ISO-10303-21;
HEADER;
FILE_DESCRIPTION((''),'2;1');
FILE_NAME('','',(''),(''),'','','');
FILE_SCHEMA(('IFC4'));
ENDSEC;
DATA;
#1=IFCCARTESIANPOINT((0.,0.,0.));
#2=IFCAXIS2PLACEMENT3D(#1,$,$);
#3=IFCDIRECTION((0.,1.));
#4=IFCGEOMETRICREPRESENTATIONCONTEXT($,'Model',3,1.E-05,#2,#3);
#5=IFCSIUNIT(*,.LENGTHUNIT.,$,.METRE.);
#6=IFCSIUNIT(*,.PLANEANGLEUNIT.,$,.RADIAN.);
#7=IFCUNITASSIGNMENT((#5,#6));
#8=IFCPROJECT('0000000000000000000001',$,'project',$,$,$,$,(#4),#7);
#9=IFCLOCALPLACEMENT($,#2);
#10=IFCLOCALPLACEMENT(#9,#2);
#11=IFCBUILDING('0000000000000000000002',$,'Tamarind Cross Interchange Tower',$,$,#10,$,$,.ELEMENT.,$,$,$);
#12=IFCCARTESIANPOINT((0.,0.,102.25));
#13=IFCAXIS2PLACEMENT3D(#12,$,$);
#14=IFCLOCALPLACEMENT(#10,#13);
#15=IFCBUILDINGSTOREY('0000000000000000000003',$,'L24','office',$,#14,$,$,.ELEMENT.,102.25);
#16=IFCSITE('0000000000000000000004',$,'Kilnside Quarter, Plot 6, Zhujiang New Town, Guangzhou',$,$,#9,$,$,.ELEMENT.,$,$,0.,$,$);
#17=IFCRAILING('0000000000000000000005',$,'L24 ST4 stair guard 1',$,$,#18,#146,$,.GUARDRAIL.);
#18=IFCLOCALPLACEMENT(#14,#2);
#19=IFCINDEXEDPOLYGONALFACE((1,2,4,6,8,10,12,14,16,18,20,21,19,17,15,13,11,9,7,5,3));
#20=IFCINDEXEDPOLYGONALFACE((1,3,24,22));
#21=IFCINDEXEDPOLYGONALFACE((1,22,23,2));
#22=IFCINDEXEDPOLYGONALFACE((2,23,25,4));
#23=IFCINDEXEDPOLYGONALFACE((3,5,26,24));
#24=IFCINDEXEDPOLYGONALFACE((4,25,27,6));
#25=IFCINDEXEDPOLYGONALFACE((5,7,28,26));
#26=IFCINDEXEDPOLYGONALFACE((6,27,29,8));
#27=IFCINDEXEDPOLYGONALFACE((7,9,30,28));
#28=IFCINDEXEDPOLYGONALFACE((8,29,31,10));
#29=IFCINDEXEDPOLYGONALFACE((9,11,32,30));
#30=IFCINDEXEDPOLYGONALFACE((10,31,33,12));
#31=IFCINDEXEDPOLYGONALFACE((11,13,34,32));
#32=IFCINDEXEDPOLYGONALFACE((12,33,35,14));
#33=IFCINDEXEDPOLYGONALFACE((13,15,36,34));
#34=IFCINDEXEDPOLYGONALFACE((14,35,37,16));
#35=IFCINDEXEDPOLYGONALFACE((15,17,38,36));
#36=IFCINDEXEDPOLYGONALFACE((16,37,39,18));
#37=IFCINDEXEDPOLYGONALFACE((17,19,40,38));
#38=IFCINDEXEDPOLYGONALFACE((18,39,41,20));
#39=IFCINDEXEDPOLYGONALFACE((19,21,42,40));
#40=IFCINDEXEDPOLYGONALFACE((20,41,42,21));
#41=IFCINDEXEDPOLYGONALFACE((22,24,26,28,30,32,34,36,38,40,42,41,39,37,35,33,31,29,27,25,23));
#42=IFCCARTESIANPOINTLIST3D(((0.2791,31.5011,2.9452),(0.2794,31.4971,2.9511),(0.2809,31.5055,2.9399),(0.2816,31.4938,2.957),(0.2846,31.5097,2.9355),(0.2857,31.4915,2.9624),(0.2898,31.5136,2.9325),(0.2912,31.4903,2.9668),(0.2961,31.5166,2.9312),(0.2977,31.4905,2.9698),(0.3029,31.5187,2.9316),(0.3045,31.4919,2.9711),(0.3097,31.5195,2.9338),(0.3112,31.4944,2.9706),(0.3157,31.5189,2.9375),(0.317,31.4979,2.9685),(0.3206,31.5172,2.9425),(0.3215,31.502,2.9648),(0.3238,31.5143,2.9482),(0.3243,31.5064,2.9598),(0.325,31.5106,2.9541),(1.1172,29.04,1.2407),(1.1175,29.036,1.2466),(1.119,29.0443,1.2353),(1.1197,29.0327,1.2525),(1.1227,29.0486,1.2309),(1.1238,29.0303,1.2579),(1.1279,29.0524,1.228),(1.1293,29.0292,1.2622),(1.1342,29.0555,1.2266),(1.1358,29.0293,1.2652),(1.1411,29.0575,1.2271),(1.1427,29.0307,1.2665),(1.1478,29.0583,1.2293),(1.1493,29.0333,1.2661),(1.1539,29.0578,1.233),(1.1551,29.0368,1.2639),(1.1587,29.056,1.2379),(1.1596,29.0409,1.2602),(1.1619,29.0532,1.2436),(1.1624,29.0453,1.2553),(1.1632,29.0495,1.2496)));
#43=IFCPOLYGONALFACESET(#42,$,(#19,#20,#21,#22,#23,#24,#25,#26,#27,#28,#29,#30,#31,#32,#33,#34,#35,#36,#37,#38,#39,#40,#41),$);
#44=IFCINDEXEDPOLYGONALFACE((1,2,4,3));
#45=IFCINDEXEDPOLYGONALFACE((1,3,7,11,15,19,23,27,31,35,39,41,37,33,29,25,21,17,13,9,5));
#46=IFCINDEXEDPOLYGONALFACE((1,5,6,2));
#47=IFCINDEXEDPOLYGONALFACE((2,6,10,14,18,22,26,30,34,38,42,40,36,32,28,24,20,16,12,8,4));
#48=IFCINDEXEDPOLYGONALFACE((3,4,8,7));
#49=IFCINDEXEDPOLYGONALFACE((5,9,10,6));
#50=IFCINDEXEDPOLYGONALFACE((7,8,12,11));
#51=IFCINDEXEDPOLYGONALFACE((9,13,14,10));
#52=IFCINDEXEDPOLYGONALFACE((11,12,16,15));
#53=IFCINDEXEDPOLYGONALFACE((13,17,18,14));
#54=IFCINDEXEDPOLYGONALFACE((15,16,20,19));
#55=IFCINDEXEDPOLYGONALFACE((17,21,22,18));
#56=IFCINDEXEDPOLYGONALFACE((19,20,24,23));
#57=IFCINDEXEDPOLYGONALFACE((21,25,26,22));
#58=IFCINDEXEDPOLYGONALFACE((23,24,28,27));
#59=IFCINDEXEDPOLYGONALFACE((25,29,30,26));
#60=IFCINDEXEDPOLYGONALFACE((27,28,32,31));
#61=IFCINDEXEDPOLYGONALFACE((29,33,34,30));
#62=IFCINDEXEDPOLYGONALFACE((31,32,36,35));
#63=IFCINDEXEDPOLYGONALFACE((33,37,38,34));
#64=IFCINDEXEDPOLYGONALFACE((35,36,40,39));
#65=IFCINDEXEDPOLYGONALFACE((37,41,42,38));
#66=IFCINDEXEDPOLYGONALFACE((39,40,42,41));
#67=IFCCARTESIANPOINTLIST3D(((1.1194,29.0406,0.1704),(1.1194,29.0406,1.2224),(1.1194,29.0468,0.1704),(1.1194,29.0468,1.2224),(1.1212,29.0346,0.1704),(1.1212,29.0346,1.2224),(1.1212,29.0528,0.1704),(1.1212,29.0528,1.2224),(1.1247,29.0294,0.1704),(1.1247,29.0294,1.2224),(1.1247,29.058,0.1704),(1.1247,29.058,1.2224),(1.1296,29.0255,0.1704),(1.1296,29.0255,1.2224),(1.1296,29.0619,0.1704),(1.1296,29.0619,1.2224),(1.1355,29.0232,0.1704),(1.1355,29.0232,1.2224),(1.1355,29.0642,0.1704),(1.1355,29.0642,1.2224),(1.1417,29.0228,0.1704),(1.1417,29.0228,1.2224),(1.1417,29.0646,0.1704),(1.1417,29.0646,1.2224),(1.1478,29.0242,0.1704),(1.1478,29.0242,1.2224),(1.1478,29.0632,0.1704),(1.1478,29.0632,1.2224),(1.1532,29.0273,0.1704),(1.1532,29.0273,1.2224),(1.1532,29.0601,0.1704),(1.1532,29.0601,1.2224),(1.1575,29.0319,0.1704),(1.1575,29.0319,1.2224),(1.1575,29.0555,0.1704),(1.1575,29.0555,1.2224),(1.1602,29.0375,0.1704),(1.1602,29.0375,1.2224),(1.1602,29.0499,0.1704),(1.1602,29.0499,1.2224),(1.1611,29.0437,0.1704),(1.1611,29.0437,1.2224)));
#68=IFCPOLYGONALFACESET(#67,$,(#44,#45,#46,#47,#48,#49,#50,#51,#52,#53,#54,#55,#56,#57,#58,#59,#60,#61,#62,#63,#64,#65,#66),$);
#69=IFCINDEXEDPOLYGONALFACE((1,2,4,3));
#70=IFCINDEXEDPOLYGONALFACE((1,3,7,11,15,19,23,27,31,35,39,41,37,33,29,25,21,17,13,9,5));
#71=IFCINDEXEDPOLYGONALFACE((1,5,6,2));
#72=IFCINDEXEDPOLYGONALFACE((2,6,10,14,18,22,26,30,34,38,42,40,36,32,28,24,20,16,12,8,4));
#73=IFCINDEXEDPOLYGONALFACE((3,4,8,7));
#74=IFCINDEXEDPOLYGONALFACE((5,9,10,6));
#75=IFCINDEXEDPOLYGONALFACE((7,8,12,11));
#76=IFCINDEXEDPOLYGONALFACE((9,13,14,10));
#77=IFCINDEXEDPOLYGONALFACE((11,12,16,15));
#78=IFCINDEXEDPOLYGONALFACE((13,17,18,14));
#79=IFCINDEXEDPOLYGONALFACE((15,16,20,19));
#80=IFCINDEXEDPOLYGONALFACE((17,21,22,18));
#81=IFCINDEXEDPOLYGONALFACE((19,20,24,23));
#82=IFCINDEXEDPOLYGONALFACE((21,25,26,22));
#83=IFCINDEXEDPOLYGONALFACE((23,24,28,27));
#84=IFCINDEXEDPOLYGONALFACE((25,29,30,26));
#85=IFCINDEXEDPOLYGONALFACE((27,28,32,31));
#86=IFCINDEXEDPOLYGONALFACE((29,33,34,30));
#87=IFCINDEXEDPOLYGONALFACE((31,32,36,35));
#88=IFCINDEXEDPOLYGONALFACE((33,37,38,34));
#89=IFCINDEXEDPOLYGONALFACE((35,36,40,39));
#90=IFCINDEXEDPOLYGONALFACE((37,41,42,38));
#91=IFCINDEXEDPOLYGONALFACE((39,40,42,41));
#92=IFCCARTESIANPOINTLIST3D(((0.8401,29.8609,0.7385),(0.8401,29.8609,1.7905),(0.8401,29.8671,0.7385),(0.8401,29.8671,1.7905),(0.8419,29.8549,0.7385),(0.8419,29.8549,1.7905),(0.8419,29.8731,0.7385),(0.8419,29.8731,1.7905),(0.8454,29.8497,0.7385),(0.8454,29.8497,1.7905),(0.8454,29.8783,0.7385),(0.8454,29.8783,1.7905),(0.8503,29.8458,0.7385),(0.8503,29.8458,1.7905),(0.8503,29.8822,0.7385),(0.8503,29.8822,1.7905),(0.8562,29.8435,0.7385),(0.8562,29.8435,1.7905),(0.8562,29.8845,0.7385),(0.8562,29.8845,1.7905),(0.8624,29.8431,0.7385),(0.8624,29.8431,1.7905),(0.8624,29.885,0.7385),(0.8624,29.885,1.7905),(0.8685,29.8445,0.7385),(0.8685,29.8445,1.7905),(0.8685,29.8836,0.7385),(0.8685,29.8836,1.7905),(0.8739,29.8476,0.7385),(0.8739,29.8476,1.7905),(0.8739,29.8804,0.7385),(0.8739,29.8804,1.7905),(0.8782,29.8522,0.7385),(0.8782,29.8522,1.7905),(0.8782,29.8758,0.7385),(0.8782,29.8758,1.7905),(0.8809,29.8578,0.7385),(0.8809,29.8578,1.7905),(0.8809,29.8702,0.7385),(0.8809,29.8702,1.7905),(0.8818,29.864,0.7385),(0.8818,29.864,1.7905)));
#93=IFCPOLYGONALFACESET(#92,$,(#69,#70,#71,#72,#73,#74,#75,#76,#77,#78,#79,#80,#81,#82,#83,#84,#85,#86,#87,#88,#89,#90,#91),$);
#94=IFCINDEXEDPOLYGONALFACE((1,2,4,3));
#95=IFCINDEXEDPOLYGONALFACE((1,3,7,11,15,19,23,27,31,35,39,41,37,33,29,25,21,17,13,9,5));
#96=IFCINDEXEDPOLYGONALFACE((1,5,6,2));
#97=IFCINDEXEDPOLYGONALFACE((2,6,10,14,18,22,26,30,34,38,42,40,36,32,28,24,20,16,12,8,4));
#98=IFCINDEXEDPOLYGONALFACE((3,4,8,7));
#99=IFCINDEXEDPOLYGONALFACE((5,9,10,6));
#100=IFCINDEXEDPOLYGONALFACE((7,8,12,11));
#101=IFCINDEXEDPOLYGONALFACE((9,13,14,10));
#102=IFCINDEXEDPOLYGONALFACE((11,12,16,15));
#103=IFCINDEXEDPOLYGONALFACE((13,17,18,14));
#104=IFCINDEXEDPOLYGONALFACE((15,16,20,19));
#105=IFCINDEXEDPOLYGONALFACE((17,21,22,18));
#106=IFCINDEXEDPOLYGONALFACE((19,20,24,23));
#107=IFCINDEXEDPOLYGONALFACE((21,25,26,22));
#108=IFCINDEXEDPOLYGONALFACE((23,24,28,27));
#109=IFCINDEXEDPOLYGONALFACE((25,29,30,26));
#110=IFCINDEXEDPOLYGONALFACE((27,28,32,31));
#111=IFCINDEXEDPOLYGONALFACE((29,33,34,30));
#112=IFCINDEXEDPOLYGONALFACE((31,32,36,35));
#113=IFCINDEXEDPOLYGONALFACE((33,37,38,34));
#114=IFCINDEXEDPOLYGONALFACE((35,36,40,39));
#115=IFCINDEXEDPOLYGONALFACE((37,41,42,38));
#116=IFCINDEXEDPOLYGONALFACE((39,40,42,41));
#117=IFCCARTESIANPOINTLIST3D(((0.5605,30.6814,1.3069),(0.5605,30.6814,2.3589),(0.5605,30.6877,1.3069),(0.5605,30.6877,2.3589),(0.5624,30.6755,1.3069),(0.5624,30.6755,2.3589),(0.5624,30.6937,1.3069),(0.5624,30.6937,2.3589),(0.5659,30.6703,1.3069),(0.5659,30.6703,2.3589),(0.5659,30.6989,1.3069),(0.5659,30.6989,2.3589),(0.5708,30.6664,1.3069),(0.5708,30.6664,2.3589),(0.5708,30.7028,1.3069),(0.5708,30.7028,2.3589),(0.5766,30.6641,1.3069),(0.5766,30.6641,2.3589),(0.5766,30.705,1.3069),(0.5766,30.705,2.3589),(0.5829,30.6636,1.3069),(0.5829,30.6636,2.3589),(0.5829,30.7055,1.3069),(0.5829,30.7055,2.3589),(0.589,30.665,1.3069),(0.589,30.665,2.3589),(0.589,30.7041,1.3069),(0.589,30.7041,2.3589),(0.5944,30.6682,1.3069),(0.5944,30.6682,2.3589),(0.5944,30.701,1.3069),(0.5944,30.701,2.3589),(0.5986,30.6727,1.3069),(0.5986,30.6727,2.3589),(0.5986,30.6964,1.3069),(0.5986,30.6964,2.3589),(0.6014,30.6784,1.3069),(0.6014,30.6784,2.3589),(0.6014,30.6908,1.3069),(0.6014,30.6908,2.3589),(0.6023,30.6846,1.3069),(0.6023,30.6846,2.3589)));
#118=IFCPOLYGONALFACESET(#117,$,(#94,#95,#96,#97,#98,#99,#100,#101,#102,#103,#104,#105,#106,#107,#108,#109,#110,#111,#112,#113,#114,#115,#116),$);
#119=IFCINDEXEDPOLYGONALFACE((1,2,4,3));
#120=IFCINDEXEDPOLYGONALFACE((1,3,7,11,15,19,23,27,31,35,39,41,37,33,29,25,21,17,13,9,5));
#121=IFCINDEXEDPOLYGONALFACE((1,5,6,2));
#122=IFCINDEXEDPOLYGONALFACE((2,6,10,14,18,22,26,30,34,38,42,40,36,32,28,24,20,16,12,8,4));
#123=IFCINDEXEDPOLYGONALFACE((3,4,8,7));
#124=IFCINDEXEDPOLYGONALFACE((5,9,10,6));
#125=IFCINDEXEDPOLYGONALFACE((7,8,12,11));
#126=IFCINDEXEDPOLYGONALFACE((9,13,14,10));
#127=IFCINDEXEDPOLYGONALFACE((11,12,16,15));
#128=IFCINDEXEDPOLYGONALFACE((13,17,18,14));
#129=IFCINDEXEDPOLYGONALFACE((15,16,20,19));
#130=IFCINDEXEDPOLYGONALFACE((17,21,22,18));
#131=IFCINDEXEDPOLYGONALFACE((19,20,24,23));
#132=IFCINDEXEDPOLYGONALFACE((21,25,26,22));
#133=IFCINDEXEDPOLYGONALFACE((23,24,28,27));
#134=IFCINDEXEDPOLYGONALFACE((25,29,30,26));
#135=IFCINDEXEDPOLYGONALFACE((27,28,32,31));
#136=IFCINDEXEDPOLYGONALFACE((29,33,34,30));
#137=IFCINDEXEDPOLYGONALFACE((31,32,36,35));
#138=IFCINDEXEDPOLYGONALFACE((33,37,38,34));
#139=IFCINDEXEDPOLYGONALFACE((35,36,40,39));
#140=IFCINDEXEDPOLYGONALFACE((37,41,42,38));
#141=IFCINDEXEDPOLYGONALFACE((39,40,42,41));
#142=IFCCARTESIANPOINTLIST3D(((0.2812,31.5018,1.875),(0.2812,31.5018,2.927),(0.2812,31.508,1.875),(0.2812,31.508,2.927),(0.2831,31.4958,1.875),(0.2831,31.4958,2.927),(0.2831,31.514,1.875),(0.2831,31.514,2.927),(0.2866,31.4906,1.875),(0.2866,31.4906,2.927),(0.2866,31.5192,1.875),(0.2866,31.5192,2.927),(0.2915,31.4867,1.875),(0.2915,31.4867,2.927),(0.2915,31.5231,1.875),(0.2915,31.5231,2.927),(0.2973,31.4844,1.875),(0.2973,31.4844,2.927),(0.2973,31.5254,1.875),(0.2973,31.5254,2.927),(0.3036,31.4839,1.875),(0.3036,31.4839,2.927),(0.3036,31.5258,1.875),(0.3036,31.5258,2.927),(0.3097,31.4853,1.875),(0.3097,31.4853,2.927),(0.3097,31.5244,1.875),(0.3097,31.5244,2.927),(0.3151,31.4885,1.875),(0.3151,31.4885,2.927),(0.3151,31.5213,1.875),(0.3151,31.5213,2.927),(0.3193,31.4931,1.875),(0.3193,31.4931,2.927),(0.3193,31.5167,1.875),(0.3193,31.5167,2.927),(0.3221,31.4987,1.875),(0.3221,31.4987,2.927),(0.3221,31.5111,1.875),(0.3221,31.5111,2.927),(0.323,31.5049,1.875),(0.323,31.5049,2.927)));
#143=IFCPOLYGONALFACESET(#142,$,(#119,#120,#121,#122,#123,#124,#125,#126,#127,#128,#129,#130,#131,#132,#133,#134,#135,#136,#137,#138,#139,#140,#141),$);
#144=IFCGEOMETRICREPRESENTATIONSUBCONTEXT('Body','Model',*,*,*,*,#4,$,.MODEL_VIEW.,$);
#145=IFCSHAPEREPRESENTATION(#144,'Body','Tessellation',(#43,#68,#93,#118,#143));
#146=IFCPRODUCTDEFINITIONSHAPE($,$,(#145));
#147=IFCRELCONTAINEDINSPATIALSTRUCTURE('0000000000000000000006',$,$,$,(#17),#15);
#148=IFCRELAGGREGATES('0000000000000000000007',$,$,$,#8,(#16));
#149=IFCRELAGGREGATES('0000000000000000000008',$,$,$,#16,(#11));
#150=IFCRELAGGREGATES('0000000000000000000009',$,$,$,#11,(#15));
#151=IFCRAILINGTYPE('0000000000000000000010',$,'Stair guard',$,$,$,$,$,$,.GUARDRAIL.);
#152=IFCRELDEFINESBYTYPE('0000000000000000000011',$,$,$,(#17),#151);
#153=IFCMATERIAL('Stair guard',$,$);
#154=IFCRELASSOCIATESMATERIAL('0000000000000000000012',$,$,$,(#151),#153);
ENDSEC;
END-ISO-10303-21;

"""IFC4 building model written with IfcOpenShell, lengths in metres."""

from ifc_helpers import new_model, si_unit, direction, frame, origin, origin_2d, place, context, subcontext, project, spatial, circle, extrude, material, type_object, element, save


model = new_model("IFC4")

# Units and contexts
model_context = context("Model", 3, precision=1e-05, world=origin(), true_north=direction((0.0, 1.0)))
body_context = subcontext(model_context, "Body", "Model", "MODEL_VIEW")
ifc_project = project(units=[si_unit("LENGTHUNIT", "METRE"), si_unit("PLANEANGLEUNIT", "RADIAN")], contexts=[model_context])

# Site, building, storey
site_placement = place(None, origin())
site = spatial("IfcSite", under=ifc_project, at=site_placement, Name="Kilnside Quarter, Plot 6, Zhujiang New Town, Guangzhou", CompositionType="ELEMENT", RefElevation=0.0)
building_placement = place(site_placement, origin())
building = spatial("IfcBuilding", under=site, at=building_placement, Name="Tamarind Cross Interchange Tower", CompositionType="ELEMENT")
storey_placement = place(building_placement, frame((0.0, 0.0, 102.25)))
storey = spatial("IfcBuildingStorey", under=building, at=storey_placement, Name="L24", Description="office", CompositionType="ELEMENT", Elevation=102.25)

# Railing
ifc_material_1 = material(Name="Stair guard")
railing_type_1 = type_object("IfcRailingType", Name="Stair guard", PredefinedType="GUARDRAIL", material=ifc_material_1)
railing_1_placement = place(storey_placement, frame((1.1401, 29.0437, 0.1704)))
element("IfcRailing", 1, at=railing_1_placement, inside=storey, type_object=railing_type_1, Name="L24 ST4 stair guard 1", PredefinedType="GUARDRAIL", context=body_context, shape_type="SweptSolid", body=[
    extrude(circle(Radius=0.0239, at=origin_2d()), frame((0.0, 0.0, 1.0762), z_axis=(-0.269589, 0.791646, 0.548286), x_axis=(-0.946616, -0.322362, 0.0)), (0.0, 0.0, 1.0), 3.1089),
    extrude(circle(Radius=0.021, at=origin_2d()), origin(), (0.0, 0.0, 1.0), 1.052),
    extrude(circle(Radius=0.021, at=origin_2d()), frame((-0.2793, 0.8203, 0.5681)), (0.0, 0.0, 1.0), 1.052),
    extrude(circle(Radius=0.021, at=origin_2d()), frame((-0.5588, 1.6409, 1.1365)), (0.0, 0.0, 1.0), 1.052),
    extrude(circle(Radius=0.021, at=origin_2d()), frame((-0.8381, 2.4612, 1.7046)), (0.0, 0.0, 1.0), 1.052),
])

save(model, "model.ifc")
